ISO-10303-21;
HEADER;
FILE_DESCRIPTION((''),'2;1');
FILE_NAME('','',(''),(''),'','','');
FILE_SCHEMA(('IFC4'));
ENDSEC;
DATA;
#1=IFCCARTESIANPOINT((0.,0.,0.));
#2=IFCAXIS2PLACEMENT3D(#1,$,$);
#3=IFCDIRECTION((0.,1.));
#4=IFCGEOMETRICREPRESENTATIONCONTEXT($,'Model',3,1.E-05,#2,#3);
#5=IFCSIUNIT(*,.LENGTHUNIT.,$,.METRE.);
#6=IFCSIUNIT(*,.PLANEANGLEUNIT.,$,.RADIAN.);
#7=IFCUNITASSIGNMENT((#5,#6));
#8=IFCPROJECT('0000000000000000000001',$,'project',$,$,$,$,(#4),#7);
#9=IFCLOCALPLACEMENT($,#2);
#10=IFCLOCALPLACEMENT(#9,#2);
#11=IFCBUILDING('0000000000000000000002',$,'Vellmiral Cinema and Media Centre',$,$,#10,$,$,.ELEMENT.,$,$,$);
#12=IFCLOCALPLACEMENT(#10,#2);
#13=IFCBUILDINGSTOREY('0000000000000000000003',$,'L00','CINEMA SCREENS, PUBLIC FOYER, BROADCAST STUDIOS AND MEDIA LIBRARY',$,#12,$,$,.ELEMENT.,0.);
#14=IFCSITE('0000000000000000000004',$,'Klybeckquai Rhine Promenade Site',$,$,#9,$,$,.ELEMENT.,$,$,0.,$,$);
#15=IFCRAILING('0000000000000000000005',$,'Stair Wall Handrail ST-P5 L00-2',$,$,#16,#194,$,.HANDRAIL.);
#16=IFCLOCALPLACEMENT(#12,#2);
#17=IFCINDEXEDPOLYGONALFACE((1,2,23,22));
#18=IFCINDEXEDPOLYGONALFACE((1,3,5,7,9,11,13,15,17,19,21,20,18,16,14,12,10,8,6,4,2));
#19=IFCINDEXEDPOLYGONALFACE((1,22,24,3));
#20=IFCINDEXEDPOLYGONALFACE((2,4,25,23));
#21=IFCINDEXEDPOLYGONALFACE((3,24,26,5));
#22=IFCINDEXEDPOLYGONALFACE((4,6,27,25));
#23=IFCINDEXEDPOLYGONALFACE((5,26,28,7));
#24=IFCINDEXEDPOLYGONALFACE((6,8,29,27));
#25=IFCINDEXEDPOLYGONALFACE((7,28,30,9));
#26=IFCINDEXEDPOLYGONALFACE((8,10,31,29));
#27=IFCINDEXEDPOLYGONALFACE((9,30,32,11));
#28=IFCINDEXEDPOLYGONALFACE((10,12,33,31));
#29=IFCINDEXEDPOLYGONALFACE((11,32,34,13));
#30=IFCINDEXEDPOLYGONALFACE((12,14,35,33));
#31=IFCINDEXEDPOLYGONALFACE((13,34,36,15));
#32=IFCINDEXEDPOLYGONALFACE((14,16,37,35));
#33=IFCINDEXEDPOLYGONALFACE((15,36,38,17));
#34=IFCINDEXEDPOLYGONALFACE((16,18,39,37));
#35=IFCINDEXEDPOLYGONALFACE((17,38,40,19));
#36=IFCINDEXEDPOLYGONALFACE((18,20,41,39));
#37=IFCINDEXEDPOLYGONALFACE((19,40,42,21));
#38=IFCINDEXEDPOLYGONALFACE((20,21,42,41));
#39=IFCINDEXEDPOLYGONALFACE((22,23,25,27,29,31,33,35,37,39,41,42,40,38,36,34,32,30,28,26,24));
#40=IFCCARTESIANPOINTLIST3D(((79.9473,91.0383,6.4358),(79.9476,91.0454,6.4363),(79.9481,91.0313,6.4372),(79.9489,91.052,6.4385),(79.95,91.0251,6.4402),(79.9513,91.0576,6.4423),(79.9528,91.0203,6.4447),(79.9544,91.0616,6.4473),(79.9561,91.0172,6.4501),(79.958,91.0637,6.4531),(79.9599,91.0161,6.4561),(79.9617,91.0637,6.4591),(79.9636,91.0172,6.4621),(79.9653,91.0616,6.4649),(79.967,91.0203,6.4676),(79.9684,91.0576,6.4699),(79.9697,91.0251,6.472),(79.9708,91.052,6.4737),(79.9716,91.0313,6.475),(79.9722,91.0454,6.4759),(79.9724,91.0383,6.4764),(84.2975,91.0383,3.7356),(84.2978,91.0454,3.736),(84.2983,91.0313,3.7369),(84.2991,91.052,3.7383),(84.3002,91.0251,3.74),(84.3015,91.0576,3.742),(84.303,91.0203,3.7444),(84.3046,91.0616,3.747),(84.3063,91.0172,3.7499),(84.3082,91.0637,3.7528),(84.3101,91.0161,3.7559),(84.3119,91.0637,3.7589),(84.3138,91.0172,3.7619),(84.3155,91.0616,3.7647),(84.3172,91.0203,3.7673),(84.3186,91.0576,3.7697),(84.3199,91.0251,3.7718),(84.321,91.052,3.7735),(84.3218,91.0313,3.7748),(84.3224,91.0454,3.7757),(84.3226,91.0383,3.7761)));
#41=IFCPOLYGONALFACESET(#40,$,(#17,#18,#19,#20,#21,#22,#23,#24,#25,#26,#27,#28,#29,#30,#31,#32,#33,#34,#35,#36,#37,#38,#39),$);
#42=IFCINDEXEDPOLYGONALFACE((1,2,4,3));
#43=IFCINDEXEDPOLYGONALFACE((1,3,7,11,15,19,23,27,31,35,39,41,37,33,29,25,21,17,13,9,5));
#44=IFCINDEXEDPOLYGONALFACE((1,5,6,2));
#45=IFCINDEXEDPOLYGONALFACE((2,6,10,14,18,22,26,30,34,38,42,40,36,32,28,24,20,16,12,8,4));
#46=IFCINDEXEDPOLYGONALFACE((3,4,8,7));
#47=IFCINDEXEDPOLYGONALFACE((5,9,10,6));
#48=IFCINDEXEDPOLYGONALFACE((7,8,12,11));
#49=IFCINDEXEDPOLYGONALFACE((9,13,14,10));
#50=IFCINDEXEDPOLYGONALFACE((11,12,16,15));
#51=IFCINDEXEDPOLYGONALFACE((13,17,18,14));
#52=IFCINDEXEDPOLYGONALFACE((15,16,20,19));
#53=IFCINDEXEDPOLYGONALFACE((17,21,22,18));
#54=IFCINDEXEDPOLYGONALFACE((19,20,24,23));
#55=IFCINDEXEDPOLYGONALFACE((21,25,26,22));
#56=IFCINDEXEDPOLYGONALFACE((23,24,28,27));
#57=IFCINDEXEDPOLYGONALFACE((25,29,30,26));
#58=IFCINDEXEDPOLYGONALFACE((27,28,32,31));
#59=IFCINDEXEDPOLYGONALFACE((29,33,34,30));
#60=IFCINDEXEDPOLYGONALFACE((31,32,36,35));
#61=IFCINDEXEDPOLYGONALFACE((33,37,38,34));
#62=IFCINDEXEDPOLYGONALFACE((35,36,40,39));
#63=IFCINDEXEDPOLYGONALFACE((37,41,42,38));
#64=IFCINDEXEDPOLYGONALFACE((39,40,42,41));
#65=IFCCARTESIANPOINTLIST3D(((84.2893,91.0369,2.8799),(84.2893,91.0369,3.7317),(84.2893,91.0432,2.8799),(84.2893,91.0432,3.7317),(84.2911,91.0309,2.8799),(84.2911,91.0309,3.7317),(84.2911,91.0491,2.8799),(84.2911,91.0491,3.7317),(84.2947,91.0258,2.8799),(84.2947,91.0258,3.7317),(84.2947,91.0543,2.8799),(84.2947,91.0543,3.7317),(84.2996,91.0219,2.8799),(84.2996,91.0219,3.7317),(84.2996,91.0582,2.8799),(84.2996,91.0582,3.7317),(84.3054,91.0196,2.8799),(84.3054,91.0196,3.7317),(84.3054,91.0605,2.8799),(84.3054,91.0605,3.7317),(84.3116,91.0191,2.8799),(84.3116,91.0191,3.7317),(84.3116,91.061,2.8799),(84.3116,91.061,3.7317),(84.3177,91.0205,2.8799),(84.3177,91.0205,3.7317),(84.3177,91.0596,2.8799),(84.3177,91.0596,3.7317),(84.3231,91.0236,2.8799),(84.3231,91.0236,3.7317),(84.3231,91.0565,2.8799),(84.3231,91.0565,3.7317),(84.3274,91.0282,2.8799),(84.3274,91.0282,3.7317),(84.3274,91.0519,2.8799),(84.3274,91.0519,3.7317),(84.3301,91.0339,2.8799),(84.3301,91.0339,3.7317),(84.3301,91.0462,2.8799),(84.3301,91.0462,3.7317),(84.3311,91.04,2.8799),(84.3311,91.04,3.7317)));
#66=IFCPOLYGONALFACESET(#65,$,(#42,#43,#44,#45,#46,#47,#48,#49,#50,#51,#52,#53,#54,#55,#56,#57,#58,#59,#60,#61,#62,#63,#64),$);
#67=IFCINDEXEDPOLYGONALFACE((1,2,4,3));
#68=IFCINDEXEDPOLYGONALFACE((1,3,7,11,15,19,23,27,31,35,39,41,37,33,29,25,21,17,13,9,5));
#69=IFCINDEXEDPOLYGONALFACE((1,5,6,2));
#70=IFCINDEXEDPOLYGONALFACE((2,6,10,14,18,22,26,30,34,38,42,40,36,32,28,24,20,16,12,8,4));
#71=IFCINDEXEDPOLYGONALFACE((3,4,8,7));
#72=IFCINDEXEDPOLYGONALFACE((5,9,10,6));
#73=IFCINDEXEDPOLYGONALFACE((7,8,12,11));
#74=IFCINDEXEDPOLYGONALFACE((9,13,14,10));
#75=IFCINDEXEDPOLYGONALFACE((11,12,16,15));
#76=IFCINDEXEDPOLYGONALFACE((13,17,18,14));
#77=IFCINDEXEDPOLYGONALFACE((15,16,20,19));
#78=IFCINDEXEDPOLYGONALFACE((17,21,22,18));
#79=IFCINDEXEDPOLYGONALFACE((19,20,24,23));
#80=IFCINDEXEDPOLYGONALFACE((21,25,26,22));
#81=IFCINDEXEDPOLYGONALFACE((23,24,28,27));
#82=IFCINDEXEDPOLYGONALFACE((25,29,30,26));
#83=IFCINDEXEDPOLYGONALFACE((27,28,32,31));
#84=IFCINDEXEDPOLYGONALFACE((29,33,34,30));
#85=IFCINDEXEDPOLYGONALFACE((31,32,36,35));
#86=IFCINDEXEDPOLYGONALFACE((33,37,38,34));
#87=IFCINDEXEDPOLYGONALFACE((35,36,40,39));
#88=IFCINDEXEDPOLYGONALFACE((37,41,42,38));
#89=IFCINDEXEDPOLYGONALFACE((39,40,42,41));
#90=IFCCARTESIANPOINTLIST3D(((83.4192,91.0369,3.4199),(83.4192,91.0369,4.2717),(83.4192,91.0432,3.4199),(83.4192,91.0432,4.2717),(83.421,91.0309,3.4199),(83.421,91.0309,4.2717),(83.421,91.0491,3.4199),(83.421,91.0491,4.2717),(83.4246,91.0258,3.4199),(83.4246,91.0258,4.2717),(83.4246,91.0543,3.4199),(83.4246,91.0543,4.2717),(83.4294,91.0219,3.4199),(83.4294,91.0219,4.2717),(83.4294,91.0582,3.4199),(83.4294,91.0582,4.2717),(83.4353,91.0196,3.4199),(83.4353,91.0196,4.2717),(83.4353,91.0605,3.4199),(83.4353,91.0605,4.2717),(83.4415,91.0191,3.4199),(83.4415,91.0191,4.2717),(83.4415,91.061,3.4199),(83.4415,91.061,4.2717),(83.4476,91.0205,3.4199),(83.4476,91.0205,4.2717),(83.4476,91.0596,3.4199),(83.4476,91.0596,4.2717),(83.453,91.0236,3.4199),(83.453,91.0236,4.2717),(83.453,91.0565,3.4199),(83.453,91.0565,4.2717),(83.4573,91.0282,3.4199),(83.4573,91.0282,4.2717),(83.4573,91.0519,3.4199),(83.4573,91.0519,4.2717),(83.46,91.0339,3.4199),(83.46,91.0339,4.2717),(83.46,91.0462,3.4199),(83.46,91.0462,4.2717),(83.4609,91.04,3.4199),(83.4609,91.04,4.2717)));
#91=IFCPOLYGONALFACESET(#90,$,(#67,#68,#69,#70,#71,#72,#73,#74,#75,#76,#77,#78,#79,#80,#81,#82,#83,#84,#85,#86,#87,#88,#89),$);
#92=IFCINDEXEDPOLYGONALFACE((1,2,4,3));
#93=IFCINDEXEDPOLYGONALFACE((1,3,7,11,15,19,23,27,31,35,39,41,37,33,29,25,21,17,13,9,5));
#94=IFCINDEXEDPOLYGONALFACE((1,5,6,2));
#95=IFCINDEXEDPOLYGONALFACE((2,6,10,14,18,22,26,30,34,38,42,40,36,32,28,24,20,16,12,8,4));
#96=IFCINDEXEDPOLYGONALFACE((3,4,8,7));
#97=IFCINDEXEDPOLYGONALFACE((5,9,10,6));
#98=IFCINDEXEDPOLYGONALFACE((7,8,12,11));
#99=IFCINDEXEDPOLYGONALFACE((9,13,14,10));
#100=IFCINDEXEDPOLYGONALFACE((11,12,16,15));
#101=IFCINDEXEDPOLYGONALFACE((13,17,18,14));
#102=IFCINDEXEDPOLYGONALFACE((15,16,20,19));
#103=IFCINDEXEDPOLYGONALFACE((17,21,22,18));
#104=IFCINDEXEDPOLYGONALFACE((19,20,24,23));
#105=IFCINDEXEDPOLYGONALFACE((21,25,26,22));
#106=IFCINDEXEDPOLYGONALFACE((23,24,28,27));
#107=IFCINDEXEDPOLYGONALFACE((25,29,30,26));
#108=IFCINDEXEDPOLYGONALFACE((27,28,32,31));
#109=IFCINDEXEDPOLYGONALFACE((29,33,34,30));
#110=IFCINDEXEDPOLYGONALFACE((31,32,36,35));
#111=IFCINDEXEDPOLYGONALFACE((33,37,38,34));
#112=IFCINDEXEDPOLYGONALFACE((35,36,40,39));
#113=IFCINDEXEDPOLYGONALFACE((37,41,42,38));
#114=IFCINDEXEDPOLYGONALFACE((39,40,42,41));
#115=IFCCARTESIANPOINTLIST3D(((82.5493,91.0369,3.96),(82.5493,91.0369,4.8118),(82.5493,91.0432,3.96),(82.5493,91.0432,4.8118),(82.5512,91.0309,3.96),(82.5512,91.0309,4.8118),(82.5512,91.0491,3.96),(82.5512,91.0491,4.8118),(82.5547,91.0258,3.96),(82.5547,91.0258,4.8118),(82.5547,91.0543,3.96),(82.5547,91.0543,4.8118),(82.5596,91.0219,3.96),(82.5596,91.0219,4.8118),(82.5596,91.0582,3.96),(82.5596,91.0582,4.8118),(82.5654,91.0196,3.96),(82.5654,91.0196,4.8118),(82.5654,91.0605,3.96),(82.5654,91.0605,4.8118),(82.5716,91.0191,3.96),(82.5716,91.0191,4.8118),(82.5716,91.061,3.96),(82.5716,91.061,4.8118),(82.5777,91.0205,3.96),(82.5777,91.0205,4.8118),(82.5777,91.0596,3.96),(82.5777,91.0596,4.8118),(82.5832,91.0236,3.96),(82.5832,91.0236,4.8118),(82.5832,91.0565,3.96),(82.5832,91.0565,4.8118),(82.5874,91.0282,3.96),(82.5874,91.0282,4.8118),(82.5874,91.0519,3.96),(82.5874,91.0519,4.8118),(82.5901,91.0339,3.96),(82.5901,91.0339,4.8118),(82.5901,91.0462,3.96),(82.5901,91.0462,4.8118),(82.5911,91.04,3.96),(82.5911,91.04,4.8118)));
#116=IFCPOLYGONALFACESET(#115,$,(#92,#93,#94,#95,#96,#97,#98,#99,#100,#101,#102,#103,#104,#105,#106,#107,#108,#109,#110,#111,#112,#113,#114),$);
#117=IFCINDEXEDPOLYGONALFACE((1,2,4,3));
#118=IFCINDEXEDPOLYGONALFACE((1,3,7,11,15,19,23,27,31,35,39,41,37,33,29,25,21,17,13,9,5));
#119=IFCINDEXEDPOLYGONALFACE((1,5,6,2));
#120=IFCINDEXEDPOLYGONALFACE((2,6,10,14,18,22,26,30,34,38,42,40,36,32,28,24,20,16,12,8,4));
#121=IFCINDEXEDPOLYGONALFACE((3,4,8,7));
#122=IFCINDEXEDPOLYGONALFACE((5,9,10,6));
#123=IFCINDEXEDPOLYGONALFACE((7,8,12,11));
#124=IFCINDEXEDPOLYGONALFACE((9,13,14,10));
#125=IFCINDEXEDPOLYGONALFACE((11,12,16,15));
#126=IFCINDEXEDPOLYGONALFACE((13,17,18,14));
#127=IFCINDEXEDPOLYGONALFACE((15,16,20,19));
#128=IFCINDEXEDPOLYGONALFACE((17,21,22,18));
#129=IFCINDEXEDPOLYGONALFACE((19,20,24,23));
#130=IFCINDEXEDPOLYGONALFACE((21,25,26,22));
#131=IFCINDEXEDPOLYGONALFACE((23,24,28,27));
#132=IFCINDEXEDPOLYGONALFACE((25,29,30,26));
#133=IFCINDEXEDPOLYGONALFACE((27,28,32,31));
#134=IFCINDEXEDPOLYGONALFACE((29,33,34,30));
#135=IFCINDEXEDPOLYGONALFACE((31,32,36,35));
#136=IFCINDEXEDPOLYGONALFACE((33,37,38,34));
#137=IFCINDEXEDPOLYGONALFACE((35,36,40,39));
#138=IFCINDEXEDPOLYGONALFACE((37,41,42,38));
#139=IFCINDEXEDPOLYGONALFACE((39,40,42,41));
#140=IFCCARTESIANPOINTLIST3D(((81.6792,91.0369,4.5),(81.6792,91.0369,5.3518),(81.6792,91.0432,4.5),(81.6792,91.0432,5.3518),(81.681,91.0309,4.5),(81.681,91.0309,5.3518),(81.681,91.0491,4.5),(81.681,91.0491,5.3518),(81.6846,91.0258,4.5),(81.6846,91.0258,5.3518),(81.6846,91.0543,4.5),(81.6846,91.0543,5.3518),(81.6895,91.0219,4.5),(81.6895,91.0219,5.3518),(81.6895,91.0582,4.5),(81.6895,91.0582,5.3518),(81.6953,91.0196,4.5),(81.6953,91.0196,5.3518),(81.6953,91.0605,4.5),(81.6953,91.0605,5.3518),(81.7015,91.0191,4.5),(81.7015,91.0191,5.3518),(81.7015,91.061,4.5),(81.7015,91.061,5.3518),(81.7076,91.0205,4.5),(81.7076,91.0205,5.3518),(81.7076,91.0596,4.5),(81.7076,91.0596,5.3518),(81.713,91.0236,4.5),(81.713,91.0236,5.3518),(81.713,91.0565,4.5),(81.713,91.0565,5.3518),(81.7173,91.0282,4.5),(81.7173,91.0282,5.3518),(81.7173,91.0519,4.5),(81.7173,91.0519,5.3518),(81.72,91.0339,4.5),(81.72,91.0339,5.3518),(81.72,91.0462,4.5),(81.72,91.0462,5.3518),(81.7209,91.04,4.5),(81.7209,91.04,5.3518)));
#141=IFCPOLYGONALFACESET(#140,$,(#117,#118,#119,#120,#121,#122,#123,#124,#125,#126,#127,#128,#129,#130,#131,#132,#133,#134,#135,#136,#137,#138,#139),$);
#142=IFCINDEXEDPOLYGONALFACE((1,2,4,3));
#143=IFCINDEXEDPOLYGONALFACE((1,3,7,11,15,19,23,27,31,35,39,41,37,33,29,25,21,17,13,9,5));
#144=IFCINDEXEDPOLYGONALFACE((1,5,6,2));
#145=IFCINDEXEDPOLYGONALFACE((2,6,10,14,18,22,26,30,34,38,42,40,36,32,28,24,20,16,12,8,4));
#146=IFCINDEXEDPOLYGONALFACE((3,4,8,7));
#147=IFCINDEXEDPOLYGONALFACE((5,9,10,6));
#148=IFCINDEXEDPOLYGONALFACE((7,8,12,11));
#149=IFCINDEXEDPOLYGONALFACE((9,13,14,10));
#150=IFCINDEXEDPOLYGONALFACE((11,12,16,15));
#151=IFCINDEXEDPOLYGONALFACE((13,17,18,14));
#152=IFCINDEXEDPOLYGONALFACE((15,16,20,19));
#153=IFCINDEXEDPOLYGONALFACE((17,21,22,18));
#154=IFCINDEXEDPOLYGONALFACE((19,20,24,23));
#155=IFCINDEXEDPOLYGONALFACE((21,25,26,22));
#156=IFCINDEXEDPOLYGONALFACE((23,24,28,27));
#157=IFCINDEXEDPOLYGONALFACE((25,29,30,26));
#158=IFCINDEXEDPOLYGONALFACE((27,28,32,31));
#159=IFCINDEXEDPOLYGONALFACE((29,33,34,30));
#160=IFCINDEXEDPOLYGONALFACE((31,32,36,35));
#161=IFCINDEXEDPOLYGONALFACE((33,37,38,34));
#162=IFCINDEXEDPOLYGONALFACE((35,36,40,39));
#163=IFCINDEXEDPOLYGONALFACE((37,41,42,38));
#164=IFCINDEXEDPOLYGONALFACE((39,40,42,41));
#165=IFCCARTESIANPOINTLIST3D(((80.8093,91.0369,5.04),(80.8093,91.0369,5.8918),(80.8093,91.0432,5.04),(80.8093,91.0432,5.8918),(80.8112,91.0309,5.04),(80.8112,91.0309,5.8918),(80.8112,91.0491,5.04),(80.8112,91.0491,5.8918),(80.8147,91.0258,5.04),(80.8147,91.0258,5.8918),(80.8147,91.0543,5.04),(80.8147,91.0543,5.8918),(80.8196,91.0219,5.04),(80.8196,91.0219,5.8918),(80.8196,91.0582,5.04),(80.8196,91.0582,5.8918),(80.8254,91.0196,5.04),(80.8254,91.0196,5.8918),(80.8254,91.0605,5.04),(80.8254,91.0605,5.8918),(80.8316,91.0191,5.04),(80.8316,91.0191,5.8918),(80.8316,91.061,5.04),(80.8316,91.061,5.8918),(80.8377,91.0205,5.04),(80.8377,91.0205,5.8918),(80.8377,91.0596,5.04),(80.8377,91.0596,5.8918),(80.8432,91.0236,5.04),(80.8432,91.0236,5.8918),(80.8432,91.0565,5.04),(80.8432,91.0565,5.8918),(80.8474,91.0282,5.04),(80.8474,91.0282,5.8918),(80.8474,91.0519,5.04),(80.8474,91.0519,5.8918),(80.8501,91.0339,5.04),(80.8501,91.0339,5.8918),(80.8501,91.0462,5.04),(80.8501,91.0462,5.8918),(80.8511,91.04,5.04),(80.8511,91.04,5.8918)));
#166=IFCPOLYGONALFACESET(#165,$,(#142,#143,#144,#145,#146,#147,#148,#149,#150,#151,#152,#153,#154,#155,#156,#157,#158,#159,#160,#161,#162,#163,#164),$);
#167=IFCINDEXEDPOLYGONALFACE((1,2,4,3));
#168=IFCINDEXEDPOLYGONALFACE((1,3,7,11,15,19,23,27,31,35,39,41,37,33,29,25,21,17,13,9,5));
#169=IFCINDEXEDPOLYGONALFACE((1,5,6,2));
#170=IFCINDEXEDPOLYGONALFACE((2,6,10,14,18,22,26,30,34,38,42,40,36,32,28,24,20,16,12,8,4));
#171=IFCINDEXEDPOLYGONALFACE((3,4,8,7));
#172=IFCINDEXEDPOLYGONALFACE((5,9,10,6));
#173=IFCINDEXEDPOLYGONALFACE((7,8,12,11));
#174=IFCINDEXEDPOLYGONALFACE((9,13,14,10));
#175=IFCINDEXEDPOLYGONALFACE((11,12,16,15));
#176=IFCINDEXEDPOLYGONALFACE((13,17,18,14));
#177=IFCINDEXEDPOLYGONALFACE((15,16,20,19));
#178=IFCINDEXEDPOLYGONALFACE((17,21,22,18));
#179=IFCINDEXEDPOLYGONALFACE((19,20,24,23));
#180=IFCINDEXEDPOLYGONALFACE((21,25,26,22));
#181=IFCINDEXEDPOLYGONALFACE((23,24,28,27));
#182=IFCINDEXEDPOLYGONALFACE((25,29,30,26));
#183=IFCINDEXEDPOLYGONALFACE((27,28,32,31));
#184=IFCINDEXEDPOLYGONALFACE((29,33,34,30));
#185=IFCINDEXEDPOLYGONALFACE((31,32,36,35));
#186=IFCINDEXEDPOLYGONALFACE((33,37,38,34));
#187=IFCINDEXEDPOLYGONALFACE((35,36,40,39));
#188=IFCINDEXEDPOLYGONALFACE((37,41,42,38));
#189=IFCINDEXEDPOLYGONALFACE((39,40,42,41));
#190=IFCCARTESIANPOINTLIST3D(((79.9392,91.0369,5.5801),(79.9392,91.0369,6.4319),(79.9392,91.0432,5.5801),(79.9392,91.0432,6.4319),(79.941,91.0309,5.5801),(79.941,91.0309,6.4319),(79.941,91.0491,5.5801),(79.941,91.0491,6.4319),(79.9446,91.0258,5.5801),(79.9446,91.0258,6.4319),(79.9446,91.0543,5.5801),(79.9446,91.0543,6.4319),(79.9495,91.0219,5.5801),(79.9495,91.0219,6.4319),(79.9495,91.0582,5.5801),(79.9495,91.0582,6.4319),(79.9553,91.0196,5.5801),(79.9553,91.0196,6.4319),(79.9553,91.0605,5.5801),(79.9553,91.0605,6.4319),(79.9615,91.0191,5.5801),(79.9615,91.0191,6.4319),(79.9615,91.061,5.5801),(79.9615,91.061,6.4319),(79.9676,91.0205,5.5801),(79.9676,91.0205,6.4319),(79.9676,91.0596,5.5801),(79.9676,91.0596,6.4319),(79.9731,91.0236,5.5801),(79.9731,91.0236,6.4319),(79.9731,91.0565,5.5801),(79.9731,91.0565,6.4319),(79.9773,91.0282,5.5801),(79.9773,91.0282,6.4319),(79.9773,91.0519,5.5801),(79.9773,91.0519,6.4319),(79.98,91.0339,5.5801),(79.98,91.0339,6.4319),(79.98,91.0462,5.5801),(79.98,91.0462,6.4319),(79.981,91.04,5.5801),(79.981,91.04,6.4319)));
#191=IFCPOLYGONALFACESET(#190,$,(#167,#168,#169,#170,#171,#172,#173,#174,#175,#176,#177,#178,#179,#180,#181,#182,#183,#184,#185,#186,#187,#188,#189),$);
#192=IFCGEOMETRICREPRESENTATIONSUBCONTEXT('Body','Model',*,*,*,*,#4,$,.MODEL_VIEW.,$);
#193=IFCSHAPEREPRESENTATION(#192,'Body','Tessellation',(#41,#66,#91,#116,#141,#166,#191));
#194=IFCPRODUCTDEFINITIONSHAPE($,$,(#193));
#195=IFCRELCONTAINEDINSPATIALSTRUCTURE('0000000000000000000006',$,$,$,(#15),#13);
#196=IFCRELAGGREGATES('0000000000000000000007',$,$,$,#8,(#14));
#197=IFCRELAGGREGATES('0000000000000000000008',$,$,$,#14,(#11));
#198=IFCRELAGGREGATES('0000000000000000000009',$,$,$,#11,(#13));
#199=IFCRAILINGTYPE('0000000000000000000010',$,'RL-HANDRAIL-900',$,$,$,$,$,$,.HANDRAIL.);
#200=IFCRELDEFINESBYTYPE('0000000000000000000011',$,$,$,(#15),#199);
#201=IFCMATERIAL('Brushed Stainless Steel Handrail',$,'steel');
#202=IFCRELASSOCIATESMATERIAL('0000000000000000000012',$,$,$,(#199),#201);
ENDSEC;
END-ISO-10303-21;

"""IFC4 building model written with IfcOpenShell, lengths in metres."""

from ifc_helpers import new_model, si_unit, direction, frame, origin, origin_2d, place, context, subcontext, project, spatial, circle, extrude, material, type_object, element, save


model = new_model("IFC4")

# Units and contexts
model_context = context("Model", 3, precision=1e-05, world=origin(), true_north=direction((0.0, 1.0)))
body_context = subcontext(model_context, "Body", "Model", "MODEL_VIEW")
ifc_project = project(units=[si_unit("LENGTHUNIT", "METRE"), si_unit("PLANEANGLEUNIT", "RADIAN")], contexts=[model_context])

# Site, building, storey
site_placement = place(None, origin())
site = spatial("IfcSite", under=ifc_project, at=site_placement, Name="Klybeckquai Rhine Promenade Site", CompositionType="ELEMENT", RefElevation=0.0)
building_placement = place(site_placement, origin())
building = spatial("IfcBuilding", under=site, at=building_placement, Name="Vellmiral Cinema and Media Centre", CompositionType="ELEMENT")
storey_placement = place(building_placement, origin())
storey = spatial("IfcBuildingStorey", under=building, at=storey_placement, Name="L00", Description="CINEMA SCREENS, PUBLIC FOYER, BROADCAST STUDIOS AND MEDIA LIBRARY", CompositionType="ELEMENT", Elevation=0.0)

# Railing
ifc_material_1 = material(Name="Brushed Stainless Steel Handrail", Category="steel")
railing_type_1 = type_object("IfcRailingType", Name="RL-HANDRAIL-900", PredefinedType="HANDRAIL", material=ifc_material_1)
railing_1_placement = place(storey_placement, frame((84.3101, 91.04, 2.8799)))
element("IfcRailing", 1, at=railing_1_placement, inside=storey, type_object=railing_type_1, Name="Stair Wall Handrail ST-P5 L00-2", PredefinedType="HANDRAIL", context=body_context, shape_type="SweptSolid", body=[
    extrude(circle(Radius=0.0239, at=origin_2d()), frame((0.0, 0.0, 0.876), z_axis=(-0.849628, 0.0, 0.527382), x_axis=(0.0, -1.0, 0.0)), (0.0, 0.0, 1.0), 5.1201),
    extrude(circle(Radius=0.021, at=origin_2d()), origin(), (0.0, 0.0, 1.0), 0.8518),
    extrude(circle(Radius=0.021, at=origin_2d()), frame((-0.8701, 0.0, 0.54)), (0.0, 0.0, 1.0), 0.8518),
    extrude(circle(Radius=0.021, at=origin_2d()), frame((-1.74, 0.0, 1.0801)), (0.0, 0.0, 1.0), 0.8518),
    extrude(circle(Radius=0.021, at=origin_2d()), frame((-2.6101, 0.0, 1.6201)), (0.0, 0.0, 1.0), 0.8518),
    extrude(circle(Radius=0.021, at=origin_2d()), frame((-3.48, 0.0, 2.1602)), (0.0, 0.0, 1.0), 0.8518),
    extrude(circle(Radius=0.021, at=origin_2d()), frame((-4.3501, 0.0, 2.7002)), (0.0, 0.0, 1.0), 0.8518),
])

save(model, "model.ifc")
